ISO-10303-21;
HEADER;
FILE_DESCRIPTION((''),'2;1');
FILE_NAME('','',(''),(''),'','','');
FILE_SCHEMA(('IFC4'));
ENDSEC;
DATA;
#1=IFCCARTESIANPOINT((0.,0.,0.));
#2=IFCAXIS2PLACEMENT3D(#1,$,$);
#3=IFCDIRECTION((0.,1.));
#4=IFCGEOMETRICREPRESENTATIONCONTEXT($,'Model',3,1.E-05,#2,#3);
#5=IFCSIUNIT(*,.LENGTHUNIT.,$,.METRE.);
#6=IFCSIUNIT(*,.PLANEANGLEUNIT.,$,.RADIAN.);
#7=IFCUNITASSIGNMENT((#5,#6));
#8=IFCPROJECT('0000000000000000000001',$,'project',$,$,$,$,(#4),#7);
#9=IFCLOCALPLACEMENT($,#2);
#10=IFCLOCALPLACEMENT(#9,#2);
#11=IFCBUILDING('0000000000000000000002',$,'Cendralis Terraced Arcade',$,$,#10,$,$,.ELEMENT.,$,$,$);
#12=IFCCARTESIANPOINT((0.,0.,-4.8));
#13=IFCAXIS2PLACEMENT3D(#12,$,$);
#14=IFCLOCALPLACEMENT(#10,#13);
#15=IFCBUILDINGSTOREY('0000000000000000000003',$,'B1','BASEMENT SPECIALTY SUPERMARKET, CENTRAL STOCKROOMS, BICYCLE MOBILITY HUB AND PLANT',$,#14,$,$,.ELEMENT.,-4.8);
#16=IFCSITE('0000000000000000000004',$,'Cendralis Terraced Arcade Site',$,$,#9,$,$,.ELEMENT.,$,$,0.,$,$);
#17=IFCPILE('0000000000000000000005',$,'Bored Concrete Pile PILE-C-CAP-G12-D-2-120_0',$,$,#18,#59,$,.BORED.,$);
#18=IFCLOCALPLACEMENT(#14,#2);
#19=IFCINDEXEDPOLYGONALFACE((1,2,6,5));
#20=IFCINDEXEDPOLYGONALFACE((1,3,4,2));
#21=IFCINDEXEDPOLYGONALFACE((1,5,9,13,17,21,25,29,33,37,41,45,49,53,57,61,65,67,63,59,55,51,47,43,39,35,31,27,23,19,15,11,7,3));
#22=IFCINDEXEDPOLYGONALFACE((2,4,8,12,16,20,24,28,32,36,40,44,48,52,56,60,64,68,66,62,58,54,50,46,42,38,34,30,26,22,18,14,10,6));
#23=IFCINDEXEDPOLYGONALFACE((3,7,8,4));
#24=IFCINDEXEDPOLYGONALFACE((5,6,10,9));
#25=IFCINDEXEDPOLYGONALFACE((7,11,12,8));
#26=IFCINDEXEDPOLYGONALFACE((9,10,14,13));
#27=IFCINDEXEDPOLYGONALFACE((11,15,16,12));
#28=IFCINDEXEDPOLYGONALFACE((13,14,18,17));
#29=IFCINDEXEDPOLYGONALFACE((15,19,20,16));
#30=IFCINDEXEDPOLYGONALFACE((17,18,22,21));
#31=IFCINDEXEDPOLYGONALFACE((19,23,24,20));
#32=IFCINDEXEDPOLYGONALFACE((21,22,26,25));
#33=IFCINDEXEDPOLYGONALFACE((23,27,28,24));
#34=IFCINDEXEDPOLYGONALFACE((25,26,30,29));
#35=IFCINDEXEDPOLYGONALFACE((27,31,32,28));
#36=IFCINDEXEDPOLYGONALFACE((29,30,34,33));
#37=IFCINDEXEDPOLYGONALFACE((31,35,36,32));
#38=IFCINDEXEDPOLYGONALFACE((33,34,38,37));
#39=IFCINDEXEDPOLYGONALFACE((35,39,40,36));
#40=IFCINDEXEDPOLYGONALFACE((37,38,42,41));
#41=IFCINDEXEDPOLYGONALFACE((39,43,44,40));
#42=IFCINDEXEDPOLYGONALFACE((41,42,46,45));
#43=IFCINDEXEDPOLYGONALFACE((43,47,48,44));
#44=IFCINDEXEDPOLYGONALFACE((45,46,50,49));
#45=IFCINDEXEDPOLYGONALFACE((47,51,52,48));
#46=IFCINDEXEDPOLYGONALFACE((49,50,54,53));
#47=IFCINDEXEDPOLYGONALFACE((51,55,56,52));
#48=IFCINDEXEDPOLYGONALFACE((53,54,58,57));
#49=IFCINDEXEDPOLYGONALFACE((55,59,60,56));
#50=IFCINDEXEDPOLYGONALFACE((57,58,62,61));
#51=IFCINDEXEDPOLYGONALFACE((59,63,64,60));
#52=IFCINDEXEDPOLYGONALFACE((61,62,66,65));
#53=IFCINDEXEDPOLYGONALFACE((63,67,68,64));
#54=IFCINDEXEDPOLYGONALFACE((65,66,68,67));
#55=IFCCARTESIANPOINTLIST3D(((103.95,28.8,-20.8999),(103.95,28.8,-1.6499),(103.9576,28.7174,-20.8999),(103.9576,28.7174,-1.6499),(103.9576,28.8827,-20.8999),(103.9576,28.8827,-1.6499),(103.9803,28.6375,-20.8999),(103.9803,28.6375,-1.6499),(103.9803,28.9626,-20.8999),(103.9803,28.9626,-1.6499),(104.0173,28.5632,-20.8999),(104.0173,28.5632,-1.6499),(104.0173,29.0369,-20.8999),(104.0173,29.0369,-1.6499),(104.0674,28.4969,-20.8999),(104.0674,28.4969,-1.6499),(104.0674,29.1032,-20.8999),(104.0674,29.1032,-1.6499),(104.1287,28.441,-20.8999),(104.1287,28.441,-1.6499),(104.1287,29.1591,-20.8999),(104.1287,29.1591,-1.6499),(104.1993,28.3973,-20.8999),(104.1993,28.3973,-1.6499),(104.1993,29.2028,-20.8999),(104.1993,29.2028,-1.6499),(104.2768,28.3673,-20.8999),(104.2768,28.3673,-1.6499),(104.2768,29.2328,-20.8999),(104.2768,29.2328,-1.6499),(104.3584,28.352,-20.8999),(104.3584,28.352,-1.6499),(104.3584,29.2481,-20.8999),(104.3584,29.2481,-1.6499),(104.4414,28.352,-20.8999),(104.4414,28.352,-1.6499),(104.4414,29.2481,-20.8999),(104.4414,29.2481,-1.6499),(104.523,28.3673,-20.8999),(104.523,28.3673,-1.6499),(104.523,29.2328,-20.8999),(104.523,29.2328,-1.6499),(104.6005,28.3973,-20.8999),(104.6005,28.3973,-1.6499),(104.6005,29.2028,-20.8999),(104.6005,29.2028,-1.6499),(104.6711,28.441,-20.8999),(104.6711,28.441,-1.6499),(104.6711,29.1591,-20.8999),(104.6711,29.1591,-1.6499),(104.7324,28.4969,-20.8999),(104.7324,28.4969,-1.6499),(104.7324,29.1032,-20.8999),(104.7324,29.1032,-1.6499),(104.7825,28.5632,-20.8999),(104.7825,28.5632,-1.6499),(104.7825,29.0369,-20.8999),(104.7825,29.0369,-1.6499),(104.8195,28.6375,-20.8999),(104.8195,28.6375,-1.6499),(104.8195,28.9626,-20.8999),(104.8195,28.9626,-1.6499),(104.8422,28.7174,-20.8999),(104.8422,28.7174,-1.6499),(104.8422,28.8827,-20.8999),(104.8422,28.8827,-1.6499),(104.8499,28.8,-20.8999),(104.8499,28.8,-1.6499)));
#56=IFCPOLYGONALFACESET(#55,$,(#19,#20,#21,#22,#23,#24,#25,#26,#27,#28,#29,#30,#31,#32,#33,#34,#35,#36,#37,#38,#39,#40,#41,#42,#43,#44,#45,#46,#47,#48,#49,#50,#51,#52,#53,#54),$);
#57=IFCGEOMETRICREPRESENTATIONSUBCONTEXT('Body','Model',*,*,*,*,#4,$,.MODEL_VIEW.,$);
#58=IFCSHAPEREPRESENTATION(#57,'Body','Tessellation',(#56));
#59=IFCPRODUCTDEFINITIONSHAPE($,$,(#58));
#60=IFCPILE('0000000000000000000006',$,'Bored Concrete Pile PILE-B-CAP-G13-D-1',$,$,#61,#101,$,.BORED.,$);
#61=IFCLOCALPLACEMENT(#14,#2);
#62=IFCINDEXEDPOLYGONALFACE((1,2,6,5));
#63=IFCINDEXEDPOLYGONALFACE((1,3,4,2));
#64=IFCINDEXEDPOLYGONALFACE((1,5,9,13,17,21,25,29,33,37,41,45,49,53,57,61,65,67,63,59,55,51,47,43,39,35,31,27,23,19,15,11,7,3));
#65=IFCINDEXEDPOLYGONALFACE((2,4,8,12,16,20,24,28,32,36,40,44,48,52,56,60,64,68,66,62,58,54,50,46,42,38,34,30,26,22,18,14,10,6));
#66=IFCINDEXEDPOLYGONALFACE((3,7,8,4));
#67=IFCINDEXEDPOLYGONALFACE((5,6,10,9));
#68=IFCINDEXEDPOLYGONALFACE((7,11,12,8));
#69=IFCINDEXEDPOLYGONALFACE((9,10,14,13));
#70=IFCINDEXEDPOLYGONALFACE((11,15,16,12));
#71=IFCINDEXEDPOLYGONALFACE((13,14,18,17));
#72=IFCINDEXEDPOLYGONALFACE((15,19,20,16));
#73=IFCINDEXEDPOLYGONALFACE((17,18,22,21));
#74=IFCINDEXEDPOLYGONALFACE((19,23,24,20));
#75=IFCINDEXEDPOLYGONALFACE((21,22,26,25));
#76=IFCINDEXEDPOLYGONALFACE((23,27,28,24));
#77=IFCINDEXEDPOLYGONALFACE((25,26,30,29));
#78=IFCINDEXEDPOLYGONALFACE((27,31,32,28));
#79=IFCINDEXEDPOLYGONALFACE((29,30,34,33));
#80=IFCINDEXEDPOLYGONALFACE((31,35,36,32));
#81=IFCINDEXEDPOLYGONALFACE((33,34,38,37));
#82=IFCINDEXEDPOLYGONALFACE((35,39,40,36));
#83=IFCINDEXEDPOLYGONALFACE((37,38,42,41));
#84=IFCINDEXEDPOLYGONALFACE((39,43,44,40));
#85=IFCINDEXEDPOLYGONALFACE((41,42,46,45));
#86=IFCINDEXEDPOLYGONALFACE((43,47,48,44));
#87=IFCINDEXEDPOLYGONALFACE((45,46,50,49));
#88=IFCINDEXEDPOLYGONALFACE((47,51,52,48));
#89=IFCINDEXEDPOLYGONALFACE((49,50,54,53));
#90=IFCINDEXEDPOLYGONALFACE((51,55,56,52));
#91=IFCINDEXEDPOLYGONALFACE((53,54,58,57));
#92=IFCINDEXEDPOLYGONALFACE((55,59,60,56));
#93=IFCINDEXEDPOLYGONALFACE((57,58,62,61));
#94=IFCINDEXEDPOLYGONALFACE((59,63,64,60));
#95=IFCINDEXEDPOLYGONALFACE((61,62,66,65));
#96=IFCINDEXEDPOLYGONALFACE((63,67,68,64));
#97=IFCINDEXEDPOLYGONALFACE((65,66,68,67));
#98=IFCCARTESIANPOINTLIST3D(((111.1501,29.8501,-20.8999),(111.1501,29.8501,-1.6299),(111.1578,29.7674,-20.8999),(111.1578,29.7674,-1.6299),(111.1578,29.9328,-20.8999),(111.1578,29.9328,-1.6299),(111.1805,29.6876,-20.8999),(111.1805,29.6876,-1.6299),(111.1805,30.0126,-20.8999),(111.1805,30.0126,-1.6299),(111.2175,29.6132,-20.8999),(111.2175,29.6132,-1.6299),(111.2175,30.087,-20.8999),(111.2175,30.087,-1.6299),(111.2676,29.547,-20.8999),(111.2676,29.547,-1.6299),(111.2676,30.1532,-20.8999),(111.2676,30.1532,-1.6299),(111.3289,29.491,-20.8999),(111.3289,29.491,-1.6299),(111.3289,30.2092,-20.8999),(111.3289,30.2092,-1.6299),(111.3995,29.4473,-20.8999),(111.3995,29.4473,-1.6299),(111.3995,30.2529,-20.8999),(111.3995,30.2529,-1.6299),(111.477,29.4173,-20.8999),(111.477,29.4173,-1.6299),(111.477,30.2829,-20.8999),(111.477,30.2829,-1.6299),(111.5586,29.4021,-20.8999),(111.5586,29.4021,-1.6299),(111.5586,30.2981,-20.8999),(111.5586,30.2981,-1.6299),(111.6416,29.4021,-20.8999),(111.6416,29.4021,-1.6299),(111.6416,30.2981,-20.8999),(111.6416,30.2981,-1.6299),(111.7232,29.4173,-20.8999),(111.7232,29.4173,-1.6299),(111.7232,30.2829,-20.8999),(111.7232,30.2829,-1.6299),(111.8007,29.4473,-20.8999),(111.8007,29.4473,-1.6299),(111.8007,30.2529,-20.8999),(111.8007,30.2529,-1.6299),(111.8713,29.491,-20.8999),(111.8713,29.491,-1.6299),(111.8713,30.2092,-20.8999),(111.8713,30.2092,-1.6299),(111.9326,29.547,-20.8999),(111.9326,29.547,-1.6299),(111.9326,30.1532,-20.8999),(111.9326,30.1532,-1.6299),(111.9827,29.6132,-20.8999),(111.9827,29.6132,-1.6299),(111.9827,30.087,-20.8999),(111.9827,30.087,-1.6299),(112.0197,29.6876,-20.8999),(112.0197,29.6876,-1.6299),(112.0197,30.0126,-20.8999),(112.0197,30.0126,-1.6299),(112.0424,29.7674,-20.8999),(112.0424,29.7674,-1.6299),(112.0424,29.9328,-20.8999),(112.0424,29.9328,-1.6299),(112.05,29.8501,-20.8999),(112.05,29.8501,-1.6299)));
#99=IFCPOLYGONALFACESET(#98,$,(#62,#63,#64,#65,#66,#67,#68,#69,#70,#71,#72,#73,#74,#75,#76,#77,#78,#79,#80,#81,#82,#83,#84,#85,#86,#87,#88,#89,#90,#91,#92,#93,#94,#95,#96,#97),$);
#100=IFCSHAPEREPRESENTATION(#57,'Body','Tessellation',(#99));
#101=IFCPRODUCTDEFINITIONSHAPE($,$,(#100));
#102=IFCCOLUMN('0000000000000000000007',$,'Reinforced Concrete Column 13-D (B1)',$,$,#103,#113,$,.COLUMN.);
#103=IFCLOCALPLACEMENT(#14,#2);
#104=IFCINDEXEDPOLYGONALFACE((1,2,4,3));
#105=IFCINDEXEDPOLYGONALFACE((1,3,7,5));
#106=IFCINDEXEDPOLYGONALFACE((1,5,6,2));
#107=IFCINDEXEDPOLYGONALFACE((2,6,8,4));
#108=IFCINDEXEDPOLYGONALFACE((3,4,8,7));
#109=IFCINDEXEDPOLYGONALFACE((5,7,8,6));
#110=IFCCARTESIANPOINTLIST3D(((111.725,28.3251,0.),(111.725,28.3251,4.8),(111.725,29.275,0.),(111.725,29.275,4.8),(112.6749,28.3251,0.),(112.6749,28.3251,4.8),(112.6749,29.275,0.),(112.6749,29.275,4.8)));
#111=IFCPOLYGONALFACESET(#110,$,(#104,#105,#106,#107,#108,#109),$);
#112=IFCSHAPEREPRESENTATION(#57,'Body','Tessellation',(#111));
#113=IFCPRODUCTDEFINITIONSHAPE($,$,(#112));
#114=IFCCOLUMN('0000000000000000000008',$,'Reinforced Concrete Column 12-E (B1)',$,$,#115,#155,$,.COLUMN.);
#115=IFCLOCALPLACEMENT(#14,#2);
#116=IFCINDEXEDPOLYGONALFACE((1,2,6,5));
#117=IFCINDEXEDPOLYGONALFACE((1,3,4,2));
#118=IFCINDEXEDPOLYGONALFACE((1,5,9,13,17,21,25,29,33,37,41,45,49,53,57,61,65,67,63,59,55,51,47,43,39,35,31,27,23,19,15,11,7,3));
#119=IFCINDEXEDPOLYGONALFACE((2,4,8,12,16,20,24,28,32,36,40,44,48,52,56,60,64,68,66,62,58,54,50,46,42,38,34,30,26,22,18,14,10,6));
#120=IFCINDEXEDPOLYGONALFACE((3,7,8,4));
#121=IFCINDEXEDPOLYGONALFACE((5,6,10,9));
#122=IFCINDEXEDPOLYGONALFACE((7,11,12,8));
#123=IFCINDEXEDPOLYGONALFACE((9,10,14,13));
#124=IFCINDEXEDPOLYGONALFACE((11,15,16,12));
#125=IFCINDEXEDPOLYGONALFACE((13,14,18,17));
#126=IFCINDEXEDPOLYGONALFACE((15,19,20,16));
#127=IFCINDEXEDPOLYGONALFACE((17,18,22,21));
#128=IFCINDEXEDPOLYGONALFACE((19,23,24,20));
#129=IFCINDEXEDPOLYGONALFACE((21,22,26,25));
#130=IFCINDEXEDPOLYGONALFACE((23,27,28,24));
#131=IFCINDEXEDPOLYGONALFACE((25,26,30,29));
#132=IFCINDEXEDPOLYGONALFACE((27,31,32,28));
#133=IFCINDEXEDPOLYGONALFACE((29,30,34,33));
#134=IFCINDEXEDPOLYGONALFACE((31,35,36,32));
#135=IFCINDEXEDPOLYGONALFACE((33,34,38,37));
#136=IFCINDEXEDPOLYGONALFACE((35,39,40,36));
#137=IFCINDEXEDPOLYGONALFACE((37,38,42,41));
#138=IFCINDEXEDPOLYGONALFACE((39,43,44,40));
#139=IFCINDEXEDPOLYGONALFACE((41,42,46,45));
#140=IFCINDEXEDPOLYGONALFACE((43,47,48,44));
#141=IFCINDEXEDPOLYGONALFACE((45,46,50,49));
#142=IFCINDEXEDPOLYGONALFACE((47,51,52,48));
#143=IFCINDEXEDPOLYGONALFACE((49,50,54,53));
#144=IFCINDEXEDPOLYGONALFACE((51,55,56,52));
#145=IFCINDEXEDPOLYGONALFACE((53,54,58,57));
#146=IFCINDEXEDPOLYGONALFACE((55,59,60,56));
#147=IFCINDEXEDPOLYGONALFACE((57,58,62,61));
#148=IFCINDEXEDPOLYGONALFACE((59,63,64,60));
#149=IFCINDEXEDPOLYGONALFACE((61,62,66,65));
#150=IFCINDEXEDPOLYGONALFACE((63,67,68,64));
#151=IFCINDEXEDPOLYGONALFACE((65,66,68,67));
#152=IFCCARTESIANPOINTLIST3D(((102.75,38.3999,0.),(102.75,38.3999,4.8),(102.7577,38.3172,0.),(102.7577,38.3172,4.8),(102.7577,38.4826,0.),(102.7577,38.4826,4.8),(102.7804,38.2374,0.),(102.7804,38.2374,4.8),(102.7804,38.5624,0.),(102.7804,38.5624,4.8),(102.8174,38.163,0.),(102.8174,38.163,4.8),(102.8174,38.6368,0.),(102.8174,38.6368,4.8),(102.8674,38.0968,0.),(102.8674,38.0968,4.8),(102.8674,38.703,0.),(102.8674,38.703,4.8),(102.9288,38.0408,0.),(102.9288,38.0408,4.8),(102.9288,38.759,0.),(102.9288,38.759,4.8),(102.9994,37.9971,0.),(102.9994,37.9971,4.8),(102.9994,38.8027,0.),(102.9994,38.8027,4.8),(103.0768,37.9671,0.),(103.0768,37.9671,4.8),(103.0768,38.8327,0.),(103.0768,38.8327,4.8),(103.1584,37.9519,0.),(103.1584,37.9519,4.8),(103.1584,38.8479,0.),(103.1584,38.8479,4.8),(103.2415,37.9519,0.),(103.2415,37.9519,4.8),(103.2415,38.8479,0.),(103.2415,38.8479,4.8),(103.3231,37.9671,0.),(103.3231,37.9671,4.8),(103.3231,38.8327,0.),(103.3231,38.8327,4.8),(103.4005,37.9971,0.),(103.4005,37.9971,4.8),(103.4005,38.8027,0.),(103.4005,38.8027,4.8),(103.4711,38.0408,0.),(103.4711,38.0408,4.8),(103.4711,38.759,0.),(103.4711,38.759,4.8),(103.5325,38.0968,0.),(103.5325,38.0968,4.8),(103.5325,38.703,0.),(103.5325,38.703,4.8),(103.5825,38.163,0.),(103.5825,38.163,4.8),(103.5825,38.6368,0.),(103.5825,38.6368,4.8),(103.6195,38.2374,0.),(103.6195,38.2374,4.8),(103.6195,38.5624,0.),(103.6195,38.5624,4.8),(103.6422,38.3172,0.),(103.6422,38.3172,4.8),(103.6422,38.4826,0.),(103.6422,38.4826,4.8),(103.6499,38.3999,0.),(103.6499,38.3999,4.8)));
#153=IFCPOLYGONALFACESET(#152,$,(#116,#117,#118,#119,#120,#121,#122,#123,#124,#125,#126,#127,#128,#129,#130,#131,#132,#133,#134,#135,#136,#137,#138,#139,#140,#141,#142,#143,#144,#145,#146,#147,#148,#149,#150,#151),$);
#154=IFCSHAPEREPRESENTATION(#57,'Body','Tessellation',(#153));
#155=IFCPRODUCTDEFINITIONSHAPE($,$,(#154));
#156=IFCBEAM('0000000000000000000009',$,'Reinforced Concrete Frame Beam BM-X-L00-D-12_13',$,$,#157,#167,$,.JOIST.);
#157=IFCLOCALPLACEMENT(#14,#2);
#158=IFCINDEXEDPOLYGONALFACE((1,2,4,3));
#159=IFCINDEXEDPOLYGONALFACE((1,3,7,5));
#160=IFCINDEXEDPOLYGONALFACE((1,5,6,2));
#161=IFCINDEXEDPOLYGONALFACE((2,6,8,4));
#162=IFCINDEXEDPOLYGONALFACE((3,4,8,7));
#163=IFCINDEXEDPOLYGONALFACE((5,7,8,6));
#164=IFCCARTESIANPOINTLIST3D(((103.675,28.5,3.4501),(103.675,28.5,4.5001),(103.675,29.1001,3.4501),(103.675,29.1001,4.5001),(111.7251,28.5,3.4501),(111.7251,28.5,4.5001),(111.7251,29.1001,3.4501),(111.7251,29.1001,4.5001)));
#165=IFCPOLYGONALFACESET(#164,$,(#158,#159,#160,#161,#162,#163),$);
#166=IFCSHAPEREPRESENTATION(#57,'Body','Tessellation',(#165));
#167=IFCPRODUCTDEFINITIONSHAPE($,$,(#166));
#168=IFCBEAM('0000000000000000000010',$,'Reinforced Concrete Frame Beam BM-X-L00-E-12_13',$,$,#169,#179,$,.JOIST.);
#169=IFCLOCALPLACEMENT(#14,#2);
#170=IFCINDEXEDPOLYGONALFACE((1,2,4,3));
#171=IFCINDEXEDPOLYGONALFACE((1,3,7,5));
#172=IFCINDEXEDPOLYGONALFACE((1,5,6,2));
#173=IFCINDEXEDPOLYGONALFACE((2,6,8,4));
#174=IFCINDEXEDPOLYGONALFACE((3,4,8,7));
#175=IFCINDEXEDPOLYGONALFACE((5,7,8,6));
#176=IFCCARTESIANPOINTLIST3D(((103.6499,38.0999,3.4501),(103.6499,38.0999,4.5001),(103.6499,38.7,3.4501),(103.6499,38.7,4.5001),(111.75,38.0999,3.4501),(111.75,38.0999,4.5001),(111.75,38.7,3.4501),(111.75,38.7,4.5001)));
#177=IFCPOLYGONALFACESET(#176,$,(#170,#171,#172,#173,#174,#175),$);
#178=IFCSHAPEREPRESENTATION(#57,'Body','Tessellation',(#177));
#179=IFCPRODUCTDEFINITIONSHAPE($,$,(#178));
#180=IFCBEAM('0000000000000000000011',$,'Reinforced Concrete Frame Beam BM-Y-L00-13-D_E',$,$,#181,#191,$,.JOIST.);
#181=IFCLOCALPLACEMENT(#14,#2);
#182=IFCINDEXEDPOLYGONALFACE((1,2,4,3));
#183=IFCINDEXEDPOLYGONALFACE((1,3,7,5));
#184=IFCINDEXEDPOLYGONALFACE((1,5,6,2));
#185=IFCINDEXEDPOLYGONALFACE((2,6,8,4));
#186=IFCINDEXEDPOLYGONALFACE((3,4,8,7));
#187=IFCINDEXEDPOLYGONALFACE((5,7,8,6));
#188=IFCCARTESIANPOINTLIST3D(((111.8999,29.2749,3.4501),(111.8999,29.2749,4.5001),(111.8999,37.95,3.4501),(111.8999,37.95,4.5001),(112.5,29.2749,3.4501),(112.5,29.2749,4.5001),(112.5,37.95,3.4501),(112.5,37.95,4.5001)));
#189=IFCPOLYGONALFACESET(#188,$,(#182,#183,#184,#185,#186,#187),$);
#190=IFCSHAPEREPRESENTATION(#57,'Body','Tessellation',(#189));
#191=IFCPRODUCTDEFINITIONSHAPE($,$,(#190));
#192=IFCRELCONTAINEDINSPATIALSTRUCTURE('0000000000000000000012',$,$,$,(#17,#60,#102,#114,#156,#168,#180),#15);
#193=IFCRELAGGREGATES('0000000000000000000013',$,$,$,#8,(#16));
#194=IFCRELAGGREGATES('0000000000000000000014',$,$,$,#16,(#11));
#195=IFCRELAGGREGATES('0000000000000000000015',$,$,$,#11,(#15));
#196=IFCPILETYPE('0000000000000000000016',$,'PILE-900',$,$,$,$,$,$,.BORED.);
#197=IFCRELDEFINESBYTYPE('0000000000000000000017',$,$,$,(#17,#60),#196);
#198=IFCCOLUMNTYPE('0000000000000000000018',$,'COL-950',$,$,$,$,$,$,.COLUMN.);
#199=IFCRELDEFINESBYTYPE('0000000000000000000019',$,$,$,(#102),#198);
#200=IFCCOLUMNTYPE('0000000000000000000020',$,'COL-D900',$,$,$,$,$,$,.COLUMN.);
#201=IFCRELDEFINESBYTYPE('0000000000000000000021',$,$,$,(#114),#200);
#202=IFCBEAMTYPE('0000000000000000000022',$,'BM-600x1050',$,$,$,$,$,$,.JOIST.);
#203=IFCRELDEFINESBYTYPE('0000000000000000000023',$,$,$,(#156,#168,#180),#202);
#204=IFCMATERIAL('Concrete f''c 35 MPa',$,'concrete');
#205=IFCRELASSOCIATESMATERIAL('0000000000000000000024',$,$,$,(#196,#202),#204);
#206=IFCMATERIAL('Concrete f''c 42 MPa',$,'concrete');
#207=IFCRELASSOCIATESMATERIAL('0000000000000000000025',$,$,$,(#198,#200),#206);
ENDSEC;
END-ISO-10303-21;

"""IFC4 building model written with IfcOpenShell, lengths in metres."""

from ifc_helpers import new_model, si_unit, direction, frame, origin, origin_2d, place, context, subcontext, project, spatial, rectangle, circle, extrude, material, material_profile, profile_set, type_object, element, save


model = new_model("IFC4")

# Units and contexts
model_context = context("Model", 3, precision=1e-05, world=origin(), true_north=direction((0.0, 1.0)))
body_context = subcontext(model_context, "Body", "Model", "MODEL_VIEW")
ifc_project = project(units=[si_unit("LENGTHUNIT", "METRE"), si_unit("PLANEANGLEUNIT", "RADIAN")], contexts=[model_context])

# Site, building, storey
site_placement = place(None, origin())
site = spatial("IfcSite", under=ifc_project, at=site_placement, Name="Cendralis Terraced Arcade Site", CompositionType="ELEMENT", RefElevation=0.0)
building_placement = place(site_placement, origin())
building = spatial("IfcBuilding", under=site, at=building_placement, Name="Cendralis Terraced Arcade", CompositionType="ELEMENT")
storey_placement = place(building_placement, frame((0.0, 0.0, -4.8)))
storey = spatial("IfcBuildingStorey", under=building, at=storey_placement, Name="B1", Description="BASEMENT SPECIALTY SUPERMARKET, CENTRAL STOCKROOMS, BICYCLE MOBILITY HUB AND PLANT", CompositionType="ELEMENT", Elevation=-4.8)

# Shared definitions
ifc_material_1 = material(Name="Concrete f'c 35 MPa", Category="concrete")

# Piles
ifc_material_profile_1 = material_profile(ifc_material_1, circle(Radius=0.45, at=origin_2d()), Name="PILE-D900", Category="LoadBearing")
ifc_profile_set_1 = profile_set([ifc_material_profile_1], Name="Concrete f'c 35 MPa")
pile_type_1 = type_object("IfcPileType", Name="PILE-900", PredefinedType="BORED", material=ifc_profile_set_1)
pile_1_placement = place(storey_placement, frame((104.3999, 28.8, -1.6499), z_axis=(0.0, 0.0, -1.0), x_axis=(1.0, 0.0, 0.0)))
element("IfcPile", 1, at=pile_1_placement, inside=storey, type_object=pile_type_1, Name="Bored Concrete Pile PILE-C-CAP-G12-D-2-120_0", PredefinedType="BORED", context=body_context, shape_type="SweptSolid", body=[
    extrude(circle(Radius=0.45, at=origin_2d()), origin(), (0.0, 0.0, 1.0), 19.25),
])
pile_2_placement = place(storey_placement, frame((111.6001, 29.8501, -1.6299), z_axis=(0.0, 0.0, -1.0), x_axis=(1.0, 0.0, 0.0)))
element("IfcPile", 2, at=pile_2_placement, inside=storey, type_object=pile_type_1, Name="Bored Concrete Pile PILE-B-CAP-G13-D-1", PredefinedType="BORED", context=body_context, shape_type="SweptSolid", body=[
    extrude(circle(Radius=0.45, at=origin_2d()), origin(), (0.0, 0.0, 1.0), 19.27),
])

# Columns
ifc_material_2 = material(Name="Concrete f'c 42 MPa", Category="concrete")
ifc_material_profile_2 = material_profile(ifc_material_2, rectangle(XDim=0.95, YDim=0.95, at=origin_2d()), Name="RC-COL-950x950", Category="LoadBearing")
ifc_profile_set_2 = profile_set([ifc_material_profile_2], Name="Concrete f'c 42 MPa")
column_type_1 = type_object("IfcColumnType", Name="COL-950", PredefinedType="COLUMN", material=ifc_profile_set_2)
column_1_placement = place(storey_placement, frame((112.2, 28.8, 0.0), z_axis=(0.0, 0.0, 1.0), x_axis=(1.0, 0.0, 0.0)))
element("IfcColumn", 3, at=column_1_placement, inside=storey, type_object=column_type_1, Name="Reinforced Concrete Column 13-D (B1)", PredefinedType="COLUMN", context=body_context, shape_type="SweptSolid", body=[
    extrude(rectangle(XDim=0.95, YDim=0.95, at=origin_2d()), origin(), (0.0, 0.0, 1.0), 4.8),
])
ifc_material_profile_3 = material_profile(ifc_material_2, circle(Radius=0.45, at=origin_2d()), Name="RC-COL-D900", Category="LoadBearing")
ifc_profile_set_3 = profile_set([ifc_material_profile_3], Name="Concrete f'c 42 MPa")
column_type_2 = type_object("IfcColumnType", Name="COL-D900", PredefinedType="COLUMN", material=ifc_profile_set_3)
column_2_placement = place(storey_placement, frame((103.2, 38.3999, 0.0), z_axis=(0.0, 0.0, 1.0), x_axis=(1.0, 0.0, 0.0)))
element("IfcColumn", 4, at=column_2_placement, inside=storey, type_object=column_type_2, Name="Reinforced Concrete Column 12-E (B1)", PredefinedType="COLUMN", context=body_context, shape_type="SweptSolid", body=[
    extrude(circle(Radius=0.45, at=origin_2d()), origin(), (0.0, 0.0, 1.0), 4.8),
])

# Beams
ifc_material_profile_4 = material_profile(ifc_material_1, rectangle(XDim=0.6001, YDim=1.05, at=origin_2d()), Name="RC-BM-600x1050", Category="LoadBearing")
ifc_profile_set_4 = profile_set([ifc_material_profile_4], Name="Concrete f'c 35 MPa")
beam_type = type_object("IfcBeamType", Name="BM-600x1050", PredefinedType="JOIST", material=ifc_profile_set_4)
beam_1_placement = place(storey_placement, frame((103.675, 28.8, 3.9751), z_axis=(1.0, 0.0, 0.0), x_axis=(0.0, 1.0, 0.0)))
element("IfcBeam", 5, at=beam_1_placement, inside=storey, type_object=beam_type, Name="Reinforced Concrete Frame Beam BM-X-L00-D-12_13", PredefinedType="JOIST", context=body_context, shape_type="SweptSolid", body=[
    extrude(rectangle(XDim=0.6001, YDim=1.05, at=origin_2d()), origin(), (0.0, 0.0, 1.0), 8.05),
])
beam_2_placement = place(storey_placement, frame((103.6499, 38.3999, 3.9751), z_axis=(1.0, 0.0, 0.0), x_axis=(0.0, 1.0, 0.0)))
element("IfcBeam", 6, at=beam_2_placement, inside=storey, type_object=beam_type, Name="Reinforced Concrete Frame Beam BM-X-L00-E-12_13", PredefinedType="JOIST", context=body_context, shape_type="SweptSolid", body=[
    extrude(rectangle(XDim=0.6001, YDim=1.05, at=origin_2d()), origin(), (0.0, 0.0, 1.0), 8.1001),
])
beam_3_placement = place(storey_placement, frame((112.2, 29.2749, 3.9751), z_axis=(0.0, 1.0, 0.0), x_axis=(-1.0, 0.0, 0.0)))
element("IfcBeam", 7, at=beam_3_placement, inside=storey, type_object=beam_type, Name="Reinforced Concrete Frame Beam BM-Y-L00-13-D_E", PredefinedType="JOIST", context=body_context, shape_type="SweptSolid", body=[
    extrude(rectangle(XDim=0.6001, YDim=1.05, at=origin_2d()), origin(), (0.0, 0.0, 1.0), 8.675),
])

save(model, "model.ifc")
